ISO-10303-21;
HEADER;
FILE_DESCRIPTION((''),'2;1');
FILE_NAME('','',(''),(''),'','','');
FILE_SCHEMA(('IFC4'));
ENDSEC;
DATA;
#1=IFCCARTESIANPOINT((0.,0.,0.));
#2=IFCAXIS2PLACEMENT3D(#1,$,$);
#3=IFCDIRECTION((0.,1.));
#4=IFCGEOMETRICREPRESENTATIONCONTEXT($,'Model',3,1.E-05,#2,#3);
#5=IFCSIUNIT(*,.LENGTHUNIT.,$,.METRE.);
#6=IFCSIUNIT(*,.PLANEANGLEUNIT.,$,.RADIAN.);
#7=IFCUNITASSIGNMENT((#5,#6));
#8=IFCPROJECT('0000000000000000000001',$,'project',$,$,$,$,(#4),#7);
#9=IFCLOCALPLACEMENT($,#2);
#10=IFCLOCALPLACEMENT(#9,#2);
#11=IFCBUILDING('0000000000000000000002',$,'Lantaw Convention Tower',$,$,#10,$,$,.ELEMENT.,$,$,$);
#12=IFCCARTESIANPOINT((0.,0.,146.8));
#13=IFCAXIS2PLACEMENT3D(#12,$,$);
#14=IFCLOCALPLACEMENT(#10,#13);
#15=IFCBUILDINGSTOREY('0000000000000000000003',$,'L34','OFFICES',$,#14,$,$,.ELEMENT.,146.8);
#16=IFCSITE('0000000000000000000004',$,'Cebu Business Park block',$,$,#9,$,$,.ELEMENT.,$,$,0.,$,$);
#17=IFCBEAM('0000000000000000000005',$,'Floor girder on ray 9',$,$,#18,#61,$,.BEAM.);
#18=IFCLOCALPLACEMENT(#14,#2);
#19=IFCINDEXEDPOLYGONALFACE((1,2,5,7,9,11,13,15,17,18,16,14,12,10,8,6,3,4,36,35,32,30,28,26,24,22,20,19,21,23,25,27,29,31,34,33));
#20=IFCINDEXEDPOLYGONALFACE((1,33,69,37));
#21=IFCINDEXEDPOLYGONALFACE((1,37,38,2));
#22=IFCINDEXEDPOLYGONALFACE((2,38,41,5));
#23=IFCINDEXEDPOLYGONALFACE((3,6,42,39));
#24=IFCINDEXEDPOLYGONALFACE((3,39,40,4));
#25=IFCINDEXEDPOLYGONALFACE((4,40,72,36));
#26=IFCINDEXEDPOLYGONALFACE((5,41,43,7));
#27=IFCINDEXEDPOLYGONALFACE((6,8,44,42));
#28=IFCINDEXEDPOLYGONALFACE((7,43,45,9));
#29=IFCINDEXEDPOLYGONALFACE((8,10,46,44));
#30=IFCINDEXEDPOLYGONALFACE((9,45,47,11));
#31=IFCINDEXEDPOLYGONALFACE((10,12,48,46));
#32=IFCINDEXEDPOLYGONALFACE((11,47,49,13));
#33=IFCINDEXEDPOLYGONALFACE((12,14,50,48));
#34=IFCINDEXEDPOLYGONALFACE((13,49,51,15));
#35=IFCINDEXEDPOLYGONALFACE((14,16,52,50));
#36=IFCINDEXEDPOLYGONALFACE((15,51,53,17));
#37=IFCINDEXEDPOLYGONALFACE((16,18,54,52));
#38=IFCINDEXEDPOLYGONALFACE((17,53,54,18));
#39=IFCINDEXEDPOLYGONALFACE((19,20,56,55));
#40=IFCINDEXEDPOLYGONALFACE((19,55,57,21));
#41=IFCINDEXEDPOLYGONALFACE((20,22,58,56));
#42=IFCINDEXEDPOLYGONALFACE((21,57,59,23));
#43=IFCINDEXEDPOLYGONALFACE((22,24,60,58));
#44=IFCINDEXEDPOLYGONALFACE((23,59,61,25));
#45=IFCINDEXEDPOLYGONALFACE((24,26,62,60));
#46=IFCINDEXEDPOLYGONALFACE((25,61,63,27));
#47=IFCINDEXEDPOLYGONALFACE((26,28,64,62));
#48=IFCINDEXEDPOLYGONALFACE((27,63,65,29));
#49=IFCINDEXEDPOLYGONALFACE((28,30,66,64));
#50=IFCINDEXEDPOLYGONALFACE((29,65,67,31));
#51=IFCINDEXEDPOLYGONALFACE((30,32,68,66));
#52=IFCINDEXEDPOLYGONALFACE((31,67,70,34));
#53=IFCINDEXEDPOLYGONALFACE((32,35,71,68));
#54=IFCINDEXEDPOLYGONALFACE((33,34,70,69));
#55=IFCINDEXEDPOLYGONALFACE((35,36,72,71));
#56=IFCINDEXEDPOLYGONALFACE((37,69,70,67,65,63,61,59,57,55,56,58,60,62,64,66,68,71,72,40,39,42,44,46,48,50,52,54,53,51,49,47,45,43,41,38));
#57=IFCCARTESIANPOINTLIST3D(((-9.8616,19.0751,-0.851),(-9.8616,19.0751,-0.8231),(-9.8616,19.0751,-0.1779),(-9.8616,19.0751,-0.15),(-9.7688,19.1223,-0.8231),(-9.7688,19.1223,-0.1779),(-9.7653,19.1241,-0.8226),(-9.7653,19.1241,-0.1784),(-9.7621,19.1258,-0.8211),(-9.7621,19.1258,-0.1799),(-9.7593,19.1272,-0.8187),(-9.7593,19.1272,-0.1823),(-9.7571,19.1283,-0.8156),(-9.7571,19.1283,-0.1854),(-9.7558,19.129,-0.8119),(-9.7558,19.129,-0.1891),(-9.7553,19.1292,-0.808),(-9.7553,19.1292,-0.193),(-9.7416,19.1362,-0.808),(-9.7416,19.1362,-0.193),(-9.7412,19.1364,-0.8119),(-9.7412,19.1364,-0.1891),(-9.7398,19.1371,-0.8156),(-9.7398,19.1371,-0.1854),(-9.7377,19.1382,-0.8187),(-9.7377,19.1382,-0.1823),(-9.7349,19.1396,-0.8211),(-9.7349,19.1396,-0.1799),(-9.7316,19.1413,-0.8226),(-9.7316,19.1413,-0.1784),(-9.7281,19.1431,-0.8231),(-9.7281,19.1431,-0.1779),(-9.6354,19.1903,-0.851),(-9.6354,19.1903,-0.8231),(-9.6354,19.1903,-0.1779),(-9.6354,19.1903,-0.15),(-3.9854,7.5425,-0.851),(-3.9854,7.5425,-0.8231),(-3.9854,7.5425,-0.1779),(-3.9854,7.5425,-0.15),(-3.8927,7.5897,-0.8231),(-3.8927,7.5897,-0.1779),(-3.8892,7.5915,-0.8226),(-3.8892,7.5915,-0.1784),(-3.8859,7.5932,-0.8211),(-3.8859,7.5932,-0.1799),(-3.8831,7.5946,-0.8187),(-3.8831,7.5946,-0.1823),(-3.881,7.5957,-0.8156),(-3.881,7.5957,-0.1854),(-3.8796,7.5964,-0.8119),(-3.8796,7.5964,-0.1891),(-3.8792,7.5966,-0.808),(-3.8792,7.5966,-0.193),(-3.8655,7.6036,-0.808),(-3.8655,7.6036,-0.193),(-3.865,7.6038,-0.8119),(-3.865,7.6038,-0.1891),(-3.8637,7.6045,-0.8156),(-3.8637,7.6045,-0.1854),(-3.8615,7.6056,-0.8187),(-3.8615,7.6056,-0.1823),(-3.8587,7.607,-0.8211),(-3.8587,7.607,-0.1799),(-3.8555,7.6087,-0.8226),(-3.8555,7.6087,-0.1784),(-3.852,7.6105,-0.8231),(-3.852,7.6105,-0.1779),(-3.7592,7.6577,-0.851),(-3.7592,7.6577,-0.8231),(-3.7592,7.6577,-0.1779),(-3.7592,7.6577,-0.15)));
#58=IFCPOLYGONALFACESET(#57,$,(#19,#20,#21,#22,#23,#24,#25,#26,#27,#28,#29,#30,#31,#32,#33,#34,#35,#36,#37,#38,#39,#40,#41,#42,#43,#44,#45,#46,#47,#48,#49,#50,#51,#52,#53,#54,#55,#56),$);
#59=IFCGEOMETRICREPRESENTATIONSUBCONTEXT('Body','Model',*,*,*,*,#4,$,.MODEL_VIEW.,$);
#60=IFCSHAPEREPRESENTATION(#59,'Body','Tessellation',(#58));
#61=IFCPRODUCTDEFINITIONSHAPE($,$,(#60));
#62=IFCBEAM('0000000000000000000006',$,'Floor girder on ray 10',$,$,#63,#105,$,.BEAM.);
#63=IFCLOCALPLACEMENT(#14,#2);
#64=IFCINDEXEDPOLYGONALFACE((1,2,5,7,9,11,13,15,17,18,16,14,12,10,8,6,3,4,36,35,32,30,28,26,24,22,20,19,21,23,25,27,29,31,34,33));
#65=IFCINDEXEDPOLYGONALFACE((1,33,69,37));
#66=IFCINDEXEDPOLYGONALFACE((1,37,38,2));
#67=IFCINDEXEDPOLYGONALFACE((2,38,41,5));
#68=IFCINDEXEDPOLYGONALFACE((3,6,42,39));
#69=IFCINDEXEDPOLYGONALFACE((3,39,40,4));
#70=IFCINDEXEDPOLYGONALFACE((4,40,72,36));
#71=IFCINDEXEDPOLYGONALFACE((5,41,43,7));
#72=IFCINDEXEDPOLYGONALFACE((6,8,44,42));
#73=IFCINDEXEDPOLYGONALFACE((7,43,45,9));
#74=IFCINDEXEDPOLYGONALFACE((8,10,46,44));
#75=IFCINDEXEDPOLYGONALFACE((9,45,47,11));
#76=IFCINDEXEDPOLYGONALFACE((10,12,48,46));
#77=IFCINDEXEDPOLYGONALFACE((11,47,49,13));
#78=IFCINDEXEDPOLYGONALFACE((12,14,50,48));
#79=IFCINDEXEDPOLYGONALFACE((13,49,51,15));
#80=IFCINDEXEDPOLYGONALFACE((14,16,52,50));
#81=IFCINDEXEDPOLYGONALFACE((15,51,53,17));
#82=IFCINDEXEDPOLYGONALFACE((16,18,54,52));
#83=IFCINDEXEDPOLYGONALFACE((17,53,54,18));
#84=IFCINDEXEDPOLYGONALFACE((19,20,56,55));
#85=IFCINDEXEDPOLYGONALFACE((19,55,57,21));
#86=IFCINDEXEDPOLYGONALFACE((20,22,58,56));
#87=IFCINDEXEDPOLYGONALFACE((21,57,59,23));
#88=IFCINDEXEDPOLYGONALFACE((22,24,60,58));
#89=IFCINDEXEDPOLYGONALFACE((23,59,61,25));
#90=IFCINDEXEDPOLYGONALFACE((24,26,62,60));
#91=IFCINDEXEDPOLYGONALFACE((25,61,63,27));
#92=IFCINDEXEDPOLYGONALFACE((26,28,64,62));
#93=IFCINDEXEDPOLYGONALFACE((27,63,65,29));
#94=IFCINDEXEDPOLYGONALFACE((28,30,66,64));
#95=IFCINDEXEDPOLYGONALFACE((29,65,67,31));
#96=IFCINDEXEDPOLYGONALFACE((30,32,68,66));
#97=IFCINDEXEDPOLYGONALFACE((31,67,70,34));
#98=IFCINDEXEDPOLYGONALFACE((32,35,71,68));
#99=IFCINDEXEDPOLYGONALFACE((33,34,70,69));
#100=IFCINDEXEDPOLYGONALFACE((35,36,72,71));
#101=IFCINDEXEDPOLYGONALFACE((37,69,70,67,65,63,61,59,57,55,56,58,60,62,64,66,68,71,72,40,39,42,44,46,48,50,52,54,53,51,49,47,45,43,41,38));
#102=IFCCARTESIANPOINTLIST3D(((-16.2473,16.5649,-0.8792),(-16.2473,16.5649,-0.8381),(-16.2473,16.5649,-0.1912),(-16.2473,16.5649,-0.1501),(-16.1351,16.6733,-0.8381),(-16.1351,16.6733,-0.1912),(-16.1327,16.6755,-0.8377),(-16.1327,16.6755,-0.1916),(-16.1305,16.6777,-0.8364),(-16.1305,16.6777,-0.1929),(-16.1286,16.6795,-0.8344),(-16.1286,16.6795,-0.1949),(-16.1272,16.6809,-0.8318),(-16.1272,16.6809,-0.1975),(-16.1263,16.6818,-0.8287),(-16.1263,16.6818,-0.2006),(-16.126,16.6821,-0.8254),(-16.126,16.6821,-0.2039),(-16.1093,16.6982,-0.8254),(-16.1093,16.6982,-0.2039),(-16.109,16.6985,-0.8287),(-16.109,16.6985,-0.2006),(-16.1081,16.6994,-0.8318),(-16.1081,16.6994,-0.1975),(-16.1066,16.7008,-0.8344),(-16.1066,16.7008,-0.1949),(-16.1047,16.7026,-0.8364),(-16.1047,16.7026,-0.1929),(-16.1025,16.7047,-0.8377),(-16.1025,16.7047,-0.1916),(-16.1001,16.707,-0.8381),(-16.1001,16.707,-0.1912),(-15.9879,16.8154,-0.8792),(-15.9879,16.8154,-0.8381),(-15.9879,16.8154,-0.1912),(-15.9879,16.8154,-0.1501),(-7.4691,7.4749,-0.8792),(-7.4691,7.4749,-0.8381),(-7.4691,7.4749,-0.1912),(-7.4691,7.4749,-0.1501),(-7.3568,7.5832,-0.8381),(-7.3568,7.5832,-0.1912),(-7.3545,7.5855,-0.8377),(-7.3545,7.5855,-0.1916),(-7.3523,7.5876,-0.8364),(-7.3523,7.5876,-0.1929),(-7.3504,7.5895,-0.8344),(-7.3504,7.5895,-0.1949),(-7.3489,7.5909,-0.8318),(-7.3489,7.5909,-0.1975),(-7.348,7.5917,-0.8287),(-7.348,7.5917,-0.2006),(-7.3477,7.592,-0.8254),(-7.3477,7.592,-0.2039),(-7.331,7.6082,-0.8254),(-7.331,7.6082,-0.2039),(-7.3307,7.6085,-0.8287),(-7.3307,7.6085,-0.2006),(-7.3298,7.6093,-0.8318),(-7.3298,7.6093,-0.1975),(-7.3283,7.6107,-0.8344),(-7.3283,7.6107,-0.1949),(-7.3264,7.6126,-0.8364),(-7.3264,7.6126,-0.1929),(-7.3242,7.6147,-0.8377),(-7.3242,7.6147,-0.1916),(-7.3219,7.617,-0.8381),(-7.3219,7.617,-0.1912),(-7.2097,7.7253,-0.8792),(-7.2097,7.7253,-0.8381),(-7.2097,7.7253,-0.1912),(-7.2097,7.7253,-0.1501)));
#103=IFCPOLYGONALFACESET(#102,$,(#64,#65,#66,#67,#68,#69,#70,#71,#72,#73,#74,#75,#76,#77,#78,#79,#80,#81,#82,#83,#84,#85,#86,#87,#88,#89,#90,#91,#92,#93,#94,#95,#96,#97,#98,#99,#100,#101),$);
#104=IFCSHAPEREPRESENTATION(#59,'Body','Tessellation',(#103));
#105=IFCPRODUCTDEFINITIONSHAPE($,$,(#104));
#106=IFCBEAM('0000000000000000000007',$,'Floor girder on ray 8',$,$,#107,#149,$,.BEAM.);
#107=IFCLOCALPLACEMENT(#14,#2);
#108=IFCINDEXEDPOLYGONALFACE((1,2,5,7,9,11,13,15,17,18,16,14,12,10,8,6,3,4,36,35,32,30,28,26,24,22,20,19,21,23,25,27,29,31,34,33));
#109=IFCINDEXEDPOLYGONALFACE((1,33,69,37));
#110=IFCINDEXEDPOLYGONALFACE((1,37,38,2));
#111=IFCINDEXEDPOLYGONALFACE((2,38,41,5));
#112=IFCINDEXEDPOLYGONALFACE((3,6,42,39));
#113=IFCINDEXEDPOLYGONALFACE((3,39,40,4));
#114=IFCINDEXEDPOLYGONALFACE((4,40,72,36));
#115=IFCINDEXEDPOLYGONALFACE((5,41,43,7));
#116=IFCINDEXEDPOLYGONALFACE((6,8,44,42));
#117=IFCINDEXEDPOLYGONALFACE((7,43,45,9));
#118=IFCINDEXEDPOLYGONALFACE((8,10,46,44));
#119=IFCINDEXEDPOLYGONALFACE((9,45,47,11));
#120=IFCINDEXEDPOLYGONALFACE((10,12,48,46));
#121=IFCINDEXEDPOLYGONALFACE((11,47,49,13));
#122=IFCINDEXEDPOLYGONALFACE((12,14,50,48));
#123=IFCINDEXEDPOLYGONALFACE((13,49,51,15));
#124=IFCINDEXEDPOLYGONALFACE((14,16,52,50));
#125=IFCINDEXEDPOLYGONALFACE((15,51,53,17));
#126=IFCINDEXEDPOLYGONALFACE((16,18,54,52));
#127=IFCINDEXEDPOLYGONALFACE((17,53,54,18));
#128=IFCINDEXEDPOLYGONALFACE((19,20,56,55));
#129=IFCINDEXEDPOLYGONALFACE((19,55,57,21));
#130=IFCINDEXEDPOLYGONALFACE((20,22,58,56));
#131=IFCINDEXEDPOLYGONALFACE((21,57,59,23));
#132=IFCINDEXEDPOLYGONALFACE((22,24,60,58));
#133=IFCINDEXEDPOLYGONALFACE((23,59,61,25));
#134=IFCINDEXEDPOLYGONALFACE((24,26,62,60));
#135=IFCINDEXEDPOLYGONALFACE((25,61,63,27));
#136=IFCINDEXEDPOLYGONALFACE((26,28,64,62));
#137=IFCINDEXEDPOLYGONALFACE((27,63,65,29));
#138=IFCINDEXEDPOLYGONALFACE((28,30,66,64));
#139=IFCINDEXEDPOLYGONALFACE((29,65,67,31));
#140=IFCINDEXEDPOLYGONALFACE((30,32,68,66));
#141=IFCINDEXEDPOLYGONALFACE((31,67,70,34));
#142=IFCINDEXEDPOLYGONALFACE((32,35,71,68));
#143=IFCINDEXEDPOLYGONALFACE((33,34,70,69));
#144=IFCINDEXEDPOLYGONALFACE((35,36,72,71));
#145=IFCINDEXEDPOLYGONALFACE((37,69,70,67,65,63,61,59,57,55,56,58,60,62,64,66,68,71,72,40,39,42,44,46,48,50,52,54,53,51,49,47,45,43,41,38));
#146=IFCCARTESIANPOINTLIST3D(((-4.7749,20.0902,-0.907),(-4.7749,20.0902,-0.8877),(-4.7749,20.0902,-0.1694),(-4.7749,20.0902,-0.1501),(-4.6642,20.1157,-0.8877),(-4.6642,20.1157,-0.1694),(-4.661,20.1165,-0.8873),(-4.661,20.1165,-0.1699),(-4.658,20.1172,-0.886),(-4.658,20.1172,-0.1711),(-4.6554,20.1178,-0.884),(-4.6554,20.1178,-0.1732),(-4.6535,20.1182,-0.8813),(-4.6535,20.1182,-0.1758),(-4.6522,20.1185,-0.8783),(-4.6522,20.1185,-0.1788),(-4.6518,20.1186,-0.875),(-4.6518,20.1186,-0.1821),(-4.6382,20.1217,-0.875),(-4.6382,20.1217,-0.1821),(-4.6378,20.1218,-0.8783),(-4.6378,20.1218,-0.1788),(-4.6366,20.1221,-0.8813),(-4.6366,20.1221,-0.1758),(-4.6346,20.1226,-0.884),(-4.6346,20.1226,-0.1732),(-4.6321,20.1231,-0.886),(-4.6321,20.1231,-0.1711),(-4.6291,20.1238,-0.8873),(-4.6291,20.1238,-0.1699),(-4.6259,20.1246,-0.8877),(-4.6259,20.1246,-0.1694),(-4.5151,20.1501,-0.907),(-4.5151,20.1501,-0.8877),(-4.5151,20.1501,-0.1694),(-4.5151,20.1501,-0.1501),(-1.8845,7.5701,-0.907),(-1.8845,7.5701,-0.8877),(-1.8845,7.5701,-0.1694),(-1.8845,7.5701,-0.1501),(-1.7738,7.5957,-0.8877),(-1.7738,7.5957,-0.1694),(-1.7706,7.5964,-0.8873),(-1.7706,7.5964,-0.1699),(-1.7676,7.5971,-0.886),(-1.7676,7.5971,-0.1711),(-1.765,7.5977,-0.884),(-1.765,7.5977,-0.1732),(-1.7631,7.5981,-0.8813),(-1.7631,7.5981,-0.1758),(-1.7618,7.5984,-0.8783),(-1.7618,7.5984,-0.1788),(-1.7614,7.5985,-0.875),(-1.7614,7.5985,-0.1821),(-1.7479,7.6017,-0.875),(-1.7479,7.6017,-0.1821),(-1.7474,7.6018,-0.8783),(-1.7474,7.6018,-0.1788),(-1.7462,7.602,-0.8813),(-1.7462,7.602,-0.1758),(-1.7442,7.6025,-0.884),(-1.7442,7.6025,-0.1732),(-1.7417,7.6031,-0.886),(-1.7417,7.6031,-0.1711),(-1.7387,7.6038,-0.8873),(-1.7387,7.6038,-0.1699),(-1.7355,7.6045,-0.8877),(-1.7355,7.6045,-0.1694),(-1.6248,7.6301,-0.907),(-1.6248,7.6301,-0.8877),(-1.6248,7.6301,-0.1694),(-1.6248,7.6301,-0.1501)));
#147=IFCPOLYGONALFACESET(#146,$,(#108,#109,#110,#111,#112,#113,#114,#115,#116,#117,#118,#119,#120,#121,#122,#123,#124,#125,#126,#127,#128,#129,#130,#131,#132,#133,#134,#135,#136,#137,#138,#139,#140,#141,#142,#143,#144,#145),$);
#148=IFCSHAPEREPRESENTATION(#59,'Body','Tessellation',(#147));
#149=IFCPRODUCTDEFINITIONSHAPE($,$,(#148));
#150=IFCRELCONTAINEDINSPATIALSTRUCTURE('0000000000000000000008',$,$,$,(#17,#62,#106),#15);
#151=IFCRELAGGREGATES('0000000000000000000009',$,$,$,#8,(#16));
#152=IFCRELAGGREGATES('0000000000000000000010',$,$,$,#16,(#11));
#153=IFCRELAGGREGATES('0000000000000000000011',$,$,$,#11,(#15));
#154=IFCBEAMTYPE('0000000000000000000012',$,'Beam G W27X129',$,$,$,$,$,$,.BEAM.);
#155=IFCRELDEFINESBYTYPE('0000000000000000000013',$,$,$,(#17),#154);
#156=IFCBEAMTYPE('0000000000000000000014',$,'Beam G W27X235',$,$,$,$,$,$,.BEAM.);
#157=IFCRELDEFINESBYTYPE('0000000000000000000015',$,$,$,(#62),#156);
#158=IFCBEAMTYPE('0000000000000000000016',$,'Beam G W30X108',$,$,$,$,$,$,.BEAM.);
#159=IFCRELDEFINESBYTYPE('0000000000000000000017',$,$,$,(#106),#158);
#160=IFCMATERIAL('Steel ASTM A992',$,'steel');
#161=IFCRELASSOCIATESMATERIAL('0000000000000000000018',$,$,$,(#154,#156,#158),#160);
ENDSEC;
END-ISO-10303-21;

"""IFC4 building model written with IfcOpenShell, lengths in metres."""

from ifc_helpers import new_model, si_unit, direction, frame, origin, origin_2d, place, context, subcontext, project, spatial, i_section, extrude, material, material_profile, profile_set, type_object, element, save


model = new_model("IFC4")

# Units and contexts
model_context = context("Model", 3, precision=1e-05, world=origin(), true_north=direction((0.0, 1.0)))
body_context = subcontext(model_context, "Body", "Model", "MODEL_VIEW")
ifc_project = project(units=[si_unit("LENGTHUNIT", "METRE"), si_unit("PLANEANGLEUNIT", "RADIAN")], contexts=[model_context])

# Site, building, storey
site_placement = place(None, origin())
site = spatial("IfcSite", under=ifc_project, at=site_placement, Name="Cebu Business Park block", CompositionType="ELEMENT", RefElevation=0.0)
building_placement = place(site_placement, origin())
building = spatial("IfcBuilding", under=site, at=building_placement, Name="Lantaw Convention Tower", CompositionType="ELEMENT")
storey_placement = place(building_placement, frame((0.0, 0.0, 146.8)))
storey = spatial("IfcBuildingStorey", under=building, at=storey_placement, Name="L34", Description="OFFICES", CompositionType="ELEMENT", Elevation=146.8)

# Beams
ifc_material_1 = material(Name="Steel ASTM A992", Category="steel")
ifc_material_profile_1 = material_profile(ifc_material_1, i_section(OverallWidth=0.2539, OverallDepth=0.7009, WebThickness=0.0154, FlangeThickness=0.0278, FilletRadius=0.0151, at=origin_2d()), Name="W27X129")
ifc_profile_set_1 = profile_set([ifc_material_profile_1], Name="Steel ASTM A992")
beam_type_1 = type_object("IfcBeamType", Name="Beam G W27X129", PredefinedType="BEAM", material=ifc_profile_set_1)
beam_1_placement = place(storey_placement, frame((-3.8723, 7.6001, -0.5005), z_axis=(-0.453991, 0.891006, 0.0), x_axis=(-0.891006, -0.453991, 0.0)))
element("IfcBeam", 1, at=beam_1_placement, inside=storey, type_object=beam_type_1, Name="Floor girder on ray 9", PredefinedType="BEAM", context=body_context, shape_type="SweptSolid", body=[
    extrude(i_section(OverallWidth=0.2539, OverallDepth=0.7009, WebThickness=0.0154, FlangeThickness=0.0278, FilletRadius=0.0151, at=origin_2d()), origin(), (0.0, 0.0, 1.0), 12.9434),
])
ifc_material_profile_2 = material_profile(ifc_material_1, i_section(OverallWidth=0.3606, OverallDepth=0.729, WebThickness=0.0232, FlangeThickness=0.041, FilletRadius=0.0127, at=origin_2d()), Name="W27X235")
ifc_profile_set_2 = profile_set([ifc_material_profile_2], Name="Steel ASTM A992")
beam_type_2 = type_object("IfcBeamType", Name="Beam G W27X235", PredefinedType="BEAM", material=ifc_profile_set_2)
beam_2_placement = place(storey_placement, frame((-7.3394, 7.6001, -0.5146), z_axis=(-0.694663, 0.719335, 0.0), x_axis=(-0.719335, -0.694663, 0.0)))
element("IfcBeam", 2, at=beam_2_placement, inside=storey, type_object=beam_type_2, Name="Floor girder on ray 10", PredefinedType="BEAM", context=body_context, shape_type="SweptSolid", body=[
    extrude(i_section(OverallWidth=0.3606, OverallDepth=0.729, WebThickness=0.0232, FlangeThickness=0.041, FilletRadius=0.0127, at=origin_2d()), origin(), (0.0, 0.0, 1.0), 12.6367),
])
ifc_material_profile_3 = material_profile(ifc_material_1, i_section(OverallWidth=0.2666, OverallDepth=0.7568, WebThickness=0.0139, FlangeThickness=0.0193, FilletRadius=0.0127, at=origin_2d()), Name="W30X108")
ifc_profile_set_3 = profile_set([ifc_material_profile_3], Name="Steel ASTM A992")
beam_type_3 = type_object("IfcBeamType", Name="Beam G W30X108", PredefinedType="BEAM", material=ifc_profile_set_3)
beam_3_placement = place(storey_placement, frame((-1.7546, 7.6001, -0.5286), z_axis=(-0.224944, 0.974372, 0.0), x_axis=(-0.974372, -0.224944, 0.0)))
element("IfcBeam", 3, at=beam_3_placement, inside=storey, type_object=beam_type_3, Name="Floor girder on ray 8", PredefinedType="BEAM", context=body_context, shape_type="SweptSolid", body=[
    extrude(i_section(OverallWidth=0.2666, OverallDepth=0.7568, WebThickness=0.0139, FlangeThickness=0.0193, FilletRadius=0.0127, at=origin_2d()), origin(), (0.0, 0.0, 1.0), 12.8494),
])

save(model, "model.ifc")
